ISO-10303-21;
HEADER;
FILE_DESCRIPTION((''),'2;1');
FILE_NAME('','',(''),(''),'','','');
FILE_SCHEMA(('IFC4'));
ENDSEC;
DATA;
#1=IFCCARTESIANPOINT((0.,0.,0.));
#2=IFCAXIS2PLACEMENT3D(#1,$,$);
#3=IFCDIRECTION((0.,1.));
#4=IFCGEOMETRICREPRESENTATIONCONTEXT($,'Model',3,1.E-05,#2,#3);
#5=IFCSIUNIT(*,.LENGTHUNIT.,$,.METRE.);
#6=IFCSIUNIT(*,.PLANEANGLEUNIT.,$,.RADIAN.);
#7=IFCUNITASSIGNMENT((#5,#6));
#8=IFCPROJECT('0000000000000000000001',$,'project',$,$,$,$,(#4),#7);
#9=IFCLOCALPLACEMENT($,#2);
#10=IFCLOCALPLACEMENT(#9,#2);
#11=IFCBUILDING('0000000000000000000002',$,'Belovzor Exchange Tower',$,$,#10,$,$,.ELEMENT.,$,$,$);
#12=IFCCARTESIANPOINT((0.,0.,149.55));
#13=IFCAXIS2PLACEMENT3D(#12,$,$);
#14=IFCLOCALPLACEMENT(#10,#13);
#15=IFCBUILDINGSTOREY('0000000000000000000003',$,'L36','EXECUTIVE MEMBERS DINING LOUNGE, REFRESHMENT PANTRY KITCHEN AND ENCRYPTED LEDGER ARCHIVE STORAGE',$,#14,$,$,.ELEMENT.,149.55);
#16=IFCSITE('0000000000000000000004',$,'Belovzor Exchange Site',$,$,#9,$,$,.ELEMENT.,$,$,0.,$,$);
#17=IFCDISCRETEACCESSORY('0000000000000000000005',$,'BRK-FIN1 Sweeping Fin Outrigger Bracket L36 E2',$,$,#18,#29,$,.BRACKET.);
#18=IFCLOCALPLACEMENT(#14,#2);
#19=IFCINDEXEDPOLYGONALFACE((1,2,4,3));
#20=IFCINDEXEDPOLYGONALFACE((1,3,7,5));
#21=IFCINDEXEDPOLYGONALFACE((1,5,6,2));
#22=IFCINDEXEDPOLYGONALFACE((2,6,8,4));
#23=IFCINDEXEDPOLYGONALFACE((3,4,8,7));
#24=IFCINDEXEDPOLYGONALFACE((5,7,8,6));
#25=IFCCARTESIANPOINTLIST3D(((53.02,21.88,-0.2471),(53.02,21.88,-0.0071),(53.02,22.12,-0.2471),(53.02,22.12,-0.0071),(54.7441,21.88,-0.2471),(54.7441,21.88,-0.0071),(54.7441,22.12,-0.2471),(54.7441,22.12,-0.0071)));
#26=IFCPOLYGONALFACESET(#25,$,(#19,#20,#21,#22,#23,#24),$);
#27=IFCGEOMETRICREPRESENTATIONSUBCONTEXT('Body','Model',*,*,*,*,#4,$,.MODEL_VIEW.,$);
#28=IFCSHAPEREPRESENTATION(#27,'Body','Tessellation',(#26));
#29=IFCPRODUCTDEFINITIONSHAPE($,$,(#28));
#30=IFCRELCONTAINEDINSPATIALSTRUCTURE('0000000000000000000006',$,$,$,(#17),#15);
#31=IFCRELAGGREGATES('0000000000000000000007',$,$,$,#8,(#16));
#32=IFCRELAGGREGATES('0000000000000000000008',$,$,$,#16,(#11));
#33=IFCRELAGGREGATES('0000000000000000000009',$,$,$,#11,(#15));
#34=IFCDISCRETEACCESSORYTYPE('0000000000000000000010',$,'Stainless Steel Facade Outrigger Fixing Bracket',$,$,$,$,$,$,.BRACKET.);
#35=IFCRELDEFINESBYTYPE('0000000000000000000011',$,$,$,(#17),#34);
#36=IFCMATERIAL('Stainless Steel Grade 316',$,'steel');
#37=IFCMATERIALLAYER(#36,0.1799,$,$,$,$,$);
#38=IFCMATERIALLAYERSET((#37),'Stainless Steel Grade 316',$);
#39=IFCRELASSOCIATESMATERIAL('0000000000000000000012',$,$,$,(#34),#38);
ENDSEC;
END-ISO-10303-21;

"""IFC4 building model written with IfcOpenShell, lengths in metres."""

from ifc_helpers import new_model, si_unit, direction, frame, origin, origin_2d, place, context, subcontext, project, spatial, rectangle, extrude, material, layer, layer_set, type_object, element, save


model = new_model("IFC4")

# Units and contexts
model_context = context("Model", 3, precision=1e-05, world=origin(), true_north=direction((0.0, 1.0)))
body_context = subcontext(model_context, "Body", "Model", "MODEL_VIEW")
ifc_project = project(units=[si_unit("LENGTHUNIT", "METRE"), si_unit("PLANEANGLEUNIT", "RADIAN")], contexts=[model_context])

# Site, building, storey
site_placement = place(None, origin())
site = spatial("IfcSite", under=ifc_project, at=site_placement, Name="Belovzor Exchange Site", CompositionType="ELEMENT", RefElevation=0.0)
building_placement = place(site_placement, origin())
building = spatial("IfcBuilding", under=site, at=building_placement, Name="Belovzor Exchange Tower", CompositionType="ELEMENT")
storey_placement = place(building_placement, frame((0.0, 0.0, 149.55)))
storey = spatial("IfcBuildingStorey", under=building, at=storey_placement, Name="L36", Description="EXECUTIVE MEMBERS DINING LOUNGE, REFRESHMENT PANTRY KITCHEN AND ENCRYPTED LEDGER ARCHIVE STORAGE", CompositionType="ELEMENT", Elevation=149.55)

# Discrete accessory
ifc_material_1 = material(Name="Stainless Steel Grade 316", Category="steel")
ifc_layer_1 = layer(ifc_material_1, 0.1799)
ifc_layer_set_1 = layer_set([ifc_layer_1], Name="Stainless Steel Grade 316")
discrete_accessory_type = type_object("IfcDiscreteAccessoryType", Name="Stainless Steel Facade Outrigger Fixing Bracket", PredefinedType="BRACKET", material=ifc_layer_set_1)
discrete_accessory_placement = place(storey_placement, frame((53.8821, 22.0, -0.2471), z_axis=(0.0, 0.0, 1.0), x_axis=(1.0, 0.0, 0.0)))
element("IfcDiscreteAccessory", 1, at=discrete_accessory_placement, inside=storey, type_object=discrete_accessory_type, Name="BRK-FIN1 Sweeping Fin Outrigger Bracket L36 E2", PredefinedType="BRACKET", context=body_context, shape_type="SweptSolid", body=[
    extrude(rectangle(XDim=1.7241, YDim=0.24, at=origin_2d()), origin(), (0.0, 0.0, 1.0), 0.24),
])

save(model, "model.ifc")
